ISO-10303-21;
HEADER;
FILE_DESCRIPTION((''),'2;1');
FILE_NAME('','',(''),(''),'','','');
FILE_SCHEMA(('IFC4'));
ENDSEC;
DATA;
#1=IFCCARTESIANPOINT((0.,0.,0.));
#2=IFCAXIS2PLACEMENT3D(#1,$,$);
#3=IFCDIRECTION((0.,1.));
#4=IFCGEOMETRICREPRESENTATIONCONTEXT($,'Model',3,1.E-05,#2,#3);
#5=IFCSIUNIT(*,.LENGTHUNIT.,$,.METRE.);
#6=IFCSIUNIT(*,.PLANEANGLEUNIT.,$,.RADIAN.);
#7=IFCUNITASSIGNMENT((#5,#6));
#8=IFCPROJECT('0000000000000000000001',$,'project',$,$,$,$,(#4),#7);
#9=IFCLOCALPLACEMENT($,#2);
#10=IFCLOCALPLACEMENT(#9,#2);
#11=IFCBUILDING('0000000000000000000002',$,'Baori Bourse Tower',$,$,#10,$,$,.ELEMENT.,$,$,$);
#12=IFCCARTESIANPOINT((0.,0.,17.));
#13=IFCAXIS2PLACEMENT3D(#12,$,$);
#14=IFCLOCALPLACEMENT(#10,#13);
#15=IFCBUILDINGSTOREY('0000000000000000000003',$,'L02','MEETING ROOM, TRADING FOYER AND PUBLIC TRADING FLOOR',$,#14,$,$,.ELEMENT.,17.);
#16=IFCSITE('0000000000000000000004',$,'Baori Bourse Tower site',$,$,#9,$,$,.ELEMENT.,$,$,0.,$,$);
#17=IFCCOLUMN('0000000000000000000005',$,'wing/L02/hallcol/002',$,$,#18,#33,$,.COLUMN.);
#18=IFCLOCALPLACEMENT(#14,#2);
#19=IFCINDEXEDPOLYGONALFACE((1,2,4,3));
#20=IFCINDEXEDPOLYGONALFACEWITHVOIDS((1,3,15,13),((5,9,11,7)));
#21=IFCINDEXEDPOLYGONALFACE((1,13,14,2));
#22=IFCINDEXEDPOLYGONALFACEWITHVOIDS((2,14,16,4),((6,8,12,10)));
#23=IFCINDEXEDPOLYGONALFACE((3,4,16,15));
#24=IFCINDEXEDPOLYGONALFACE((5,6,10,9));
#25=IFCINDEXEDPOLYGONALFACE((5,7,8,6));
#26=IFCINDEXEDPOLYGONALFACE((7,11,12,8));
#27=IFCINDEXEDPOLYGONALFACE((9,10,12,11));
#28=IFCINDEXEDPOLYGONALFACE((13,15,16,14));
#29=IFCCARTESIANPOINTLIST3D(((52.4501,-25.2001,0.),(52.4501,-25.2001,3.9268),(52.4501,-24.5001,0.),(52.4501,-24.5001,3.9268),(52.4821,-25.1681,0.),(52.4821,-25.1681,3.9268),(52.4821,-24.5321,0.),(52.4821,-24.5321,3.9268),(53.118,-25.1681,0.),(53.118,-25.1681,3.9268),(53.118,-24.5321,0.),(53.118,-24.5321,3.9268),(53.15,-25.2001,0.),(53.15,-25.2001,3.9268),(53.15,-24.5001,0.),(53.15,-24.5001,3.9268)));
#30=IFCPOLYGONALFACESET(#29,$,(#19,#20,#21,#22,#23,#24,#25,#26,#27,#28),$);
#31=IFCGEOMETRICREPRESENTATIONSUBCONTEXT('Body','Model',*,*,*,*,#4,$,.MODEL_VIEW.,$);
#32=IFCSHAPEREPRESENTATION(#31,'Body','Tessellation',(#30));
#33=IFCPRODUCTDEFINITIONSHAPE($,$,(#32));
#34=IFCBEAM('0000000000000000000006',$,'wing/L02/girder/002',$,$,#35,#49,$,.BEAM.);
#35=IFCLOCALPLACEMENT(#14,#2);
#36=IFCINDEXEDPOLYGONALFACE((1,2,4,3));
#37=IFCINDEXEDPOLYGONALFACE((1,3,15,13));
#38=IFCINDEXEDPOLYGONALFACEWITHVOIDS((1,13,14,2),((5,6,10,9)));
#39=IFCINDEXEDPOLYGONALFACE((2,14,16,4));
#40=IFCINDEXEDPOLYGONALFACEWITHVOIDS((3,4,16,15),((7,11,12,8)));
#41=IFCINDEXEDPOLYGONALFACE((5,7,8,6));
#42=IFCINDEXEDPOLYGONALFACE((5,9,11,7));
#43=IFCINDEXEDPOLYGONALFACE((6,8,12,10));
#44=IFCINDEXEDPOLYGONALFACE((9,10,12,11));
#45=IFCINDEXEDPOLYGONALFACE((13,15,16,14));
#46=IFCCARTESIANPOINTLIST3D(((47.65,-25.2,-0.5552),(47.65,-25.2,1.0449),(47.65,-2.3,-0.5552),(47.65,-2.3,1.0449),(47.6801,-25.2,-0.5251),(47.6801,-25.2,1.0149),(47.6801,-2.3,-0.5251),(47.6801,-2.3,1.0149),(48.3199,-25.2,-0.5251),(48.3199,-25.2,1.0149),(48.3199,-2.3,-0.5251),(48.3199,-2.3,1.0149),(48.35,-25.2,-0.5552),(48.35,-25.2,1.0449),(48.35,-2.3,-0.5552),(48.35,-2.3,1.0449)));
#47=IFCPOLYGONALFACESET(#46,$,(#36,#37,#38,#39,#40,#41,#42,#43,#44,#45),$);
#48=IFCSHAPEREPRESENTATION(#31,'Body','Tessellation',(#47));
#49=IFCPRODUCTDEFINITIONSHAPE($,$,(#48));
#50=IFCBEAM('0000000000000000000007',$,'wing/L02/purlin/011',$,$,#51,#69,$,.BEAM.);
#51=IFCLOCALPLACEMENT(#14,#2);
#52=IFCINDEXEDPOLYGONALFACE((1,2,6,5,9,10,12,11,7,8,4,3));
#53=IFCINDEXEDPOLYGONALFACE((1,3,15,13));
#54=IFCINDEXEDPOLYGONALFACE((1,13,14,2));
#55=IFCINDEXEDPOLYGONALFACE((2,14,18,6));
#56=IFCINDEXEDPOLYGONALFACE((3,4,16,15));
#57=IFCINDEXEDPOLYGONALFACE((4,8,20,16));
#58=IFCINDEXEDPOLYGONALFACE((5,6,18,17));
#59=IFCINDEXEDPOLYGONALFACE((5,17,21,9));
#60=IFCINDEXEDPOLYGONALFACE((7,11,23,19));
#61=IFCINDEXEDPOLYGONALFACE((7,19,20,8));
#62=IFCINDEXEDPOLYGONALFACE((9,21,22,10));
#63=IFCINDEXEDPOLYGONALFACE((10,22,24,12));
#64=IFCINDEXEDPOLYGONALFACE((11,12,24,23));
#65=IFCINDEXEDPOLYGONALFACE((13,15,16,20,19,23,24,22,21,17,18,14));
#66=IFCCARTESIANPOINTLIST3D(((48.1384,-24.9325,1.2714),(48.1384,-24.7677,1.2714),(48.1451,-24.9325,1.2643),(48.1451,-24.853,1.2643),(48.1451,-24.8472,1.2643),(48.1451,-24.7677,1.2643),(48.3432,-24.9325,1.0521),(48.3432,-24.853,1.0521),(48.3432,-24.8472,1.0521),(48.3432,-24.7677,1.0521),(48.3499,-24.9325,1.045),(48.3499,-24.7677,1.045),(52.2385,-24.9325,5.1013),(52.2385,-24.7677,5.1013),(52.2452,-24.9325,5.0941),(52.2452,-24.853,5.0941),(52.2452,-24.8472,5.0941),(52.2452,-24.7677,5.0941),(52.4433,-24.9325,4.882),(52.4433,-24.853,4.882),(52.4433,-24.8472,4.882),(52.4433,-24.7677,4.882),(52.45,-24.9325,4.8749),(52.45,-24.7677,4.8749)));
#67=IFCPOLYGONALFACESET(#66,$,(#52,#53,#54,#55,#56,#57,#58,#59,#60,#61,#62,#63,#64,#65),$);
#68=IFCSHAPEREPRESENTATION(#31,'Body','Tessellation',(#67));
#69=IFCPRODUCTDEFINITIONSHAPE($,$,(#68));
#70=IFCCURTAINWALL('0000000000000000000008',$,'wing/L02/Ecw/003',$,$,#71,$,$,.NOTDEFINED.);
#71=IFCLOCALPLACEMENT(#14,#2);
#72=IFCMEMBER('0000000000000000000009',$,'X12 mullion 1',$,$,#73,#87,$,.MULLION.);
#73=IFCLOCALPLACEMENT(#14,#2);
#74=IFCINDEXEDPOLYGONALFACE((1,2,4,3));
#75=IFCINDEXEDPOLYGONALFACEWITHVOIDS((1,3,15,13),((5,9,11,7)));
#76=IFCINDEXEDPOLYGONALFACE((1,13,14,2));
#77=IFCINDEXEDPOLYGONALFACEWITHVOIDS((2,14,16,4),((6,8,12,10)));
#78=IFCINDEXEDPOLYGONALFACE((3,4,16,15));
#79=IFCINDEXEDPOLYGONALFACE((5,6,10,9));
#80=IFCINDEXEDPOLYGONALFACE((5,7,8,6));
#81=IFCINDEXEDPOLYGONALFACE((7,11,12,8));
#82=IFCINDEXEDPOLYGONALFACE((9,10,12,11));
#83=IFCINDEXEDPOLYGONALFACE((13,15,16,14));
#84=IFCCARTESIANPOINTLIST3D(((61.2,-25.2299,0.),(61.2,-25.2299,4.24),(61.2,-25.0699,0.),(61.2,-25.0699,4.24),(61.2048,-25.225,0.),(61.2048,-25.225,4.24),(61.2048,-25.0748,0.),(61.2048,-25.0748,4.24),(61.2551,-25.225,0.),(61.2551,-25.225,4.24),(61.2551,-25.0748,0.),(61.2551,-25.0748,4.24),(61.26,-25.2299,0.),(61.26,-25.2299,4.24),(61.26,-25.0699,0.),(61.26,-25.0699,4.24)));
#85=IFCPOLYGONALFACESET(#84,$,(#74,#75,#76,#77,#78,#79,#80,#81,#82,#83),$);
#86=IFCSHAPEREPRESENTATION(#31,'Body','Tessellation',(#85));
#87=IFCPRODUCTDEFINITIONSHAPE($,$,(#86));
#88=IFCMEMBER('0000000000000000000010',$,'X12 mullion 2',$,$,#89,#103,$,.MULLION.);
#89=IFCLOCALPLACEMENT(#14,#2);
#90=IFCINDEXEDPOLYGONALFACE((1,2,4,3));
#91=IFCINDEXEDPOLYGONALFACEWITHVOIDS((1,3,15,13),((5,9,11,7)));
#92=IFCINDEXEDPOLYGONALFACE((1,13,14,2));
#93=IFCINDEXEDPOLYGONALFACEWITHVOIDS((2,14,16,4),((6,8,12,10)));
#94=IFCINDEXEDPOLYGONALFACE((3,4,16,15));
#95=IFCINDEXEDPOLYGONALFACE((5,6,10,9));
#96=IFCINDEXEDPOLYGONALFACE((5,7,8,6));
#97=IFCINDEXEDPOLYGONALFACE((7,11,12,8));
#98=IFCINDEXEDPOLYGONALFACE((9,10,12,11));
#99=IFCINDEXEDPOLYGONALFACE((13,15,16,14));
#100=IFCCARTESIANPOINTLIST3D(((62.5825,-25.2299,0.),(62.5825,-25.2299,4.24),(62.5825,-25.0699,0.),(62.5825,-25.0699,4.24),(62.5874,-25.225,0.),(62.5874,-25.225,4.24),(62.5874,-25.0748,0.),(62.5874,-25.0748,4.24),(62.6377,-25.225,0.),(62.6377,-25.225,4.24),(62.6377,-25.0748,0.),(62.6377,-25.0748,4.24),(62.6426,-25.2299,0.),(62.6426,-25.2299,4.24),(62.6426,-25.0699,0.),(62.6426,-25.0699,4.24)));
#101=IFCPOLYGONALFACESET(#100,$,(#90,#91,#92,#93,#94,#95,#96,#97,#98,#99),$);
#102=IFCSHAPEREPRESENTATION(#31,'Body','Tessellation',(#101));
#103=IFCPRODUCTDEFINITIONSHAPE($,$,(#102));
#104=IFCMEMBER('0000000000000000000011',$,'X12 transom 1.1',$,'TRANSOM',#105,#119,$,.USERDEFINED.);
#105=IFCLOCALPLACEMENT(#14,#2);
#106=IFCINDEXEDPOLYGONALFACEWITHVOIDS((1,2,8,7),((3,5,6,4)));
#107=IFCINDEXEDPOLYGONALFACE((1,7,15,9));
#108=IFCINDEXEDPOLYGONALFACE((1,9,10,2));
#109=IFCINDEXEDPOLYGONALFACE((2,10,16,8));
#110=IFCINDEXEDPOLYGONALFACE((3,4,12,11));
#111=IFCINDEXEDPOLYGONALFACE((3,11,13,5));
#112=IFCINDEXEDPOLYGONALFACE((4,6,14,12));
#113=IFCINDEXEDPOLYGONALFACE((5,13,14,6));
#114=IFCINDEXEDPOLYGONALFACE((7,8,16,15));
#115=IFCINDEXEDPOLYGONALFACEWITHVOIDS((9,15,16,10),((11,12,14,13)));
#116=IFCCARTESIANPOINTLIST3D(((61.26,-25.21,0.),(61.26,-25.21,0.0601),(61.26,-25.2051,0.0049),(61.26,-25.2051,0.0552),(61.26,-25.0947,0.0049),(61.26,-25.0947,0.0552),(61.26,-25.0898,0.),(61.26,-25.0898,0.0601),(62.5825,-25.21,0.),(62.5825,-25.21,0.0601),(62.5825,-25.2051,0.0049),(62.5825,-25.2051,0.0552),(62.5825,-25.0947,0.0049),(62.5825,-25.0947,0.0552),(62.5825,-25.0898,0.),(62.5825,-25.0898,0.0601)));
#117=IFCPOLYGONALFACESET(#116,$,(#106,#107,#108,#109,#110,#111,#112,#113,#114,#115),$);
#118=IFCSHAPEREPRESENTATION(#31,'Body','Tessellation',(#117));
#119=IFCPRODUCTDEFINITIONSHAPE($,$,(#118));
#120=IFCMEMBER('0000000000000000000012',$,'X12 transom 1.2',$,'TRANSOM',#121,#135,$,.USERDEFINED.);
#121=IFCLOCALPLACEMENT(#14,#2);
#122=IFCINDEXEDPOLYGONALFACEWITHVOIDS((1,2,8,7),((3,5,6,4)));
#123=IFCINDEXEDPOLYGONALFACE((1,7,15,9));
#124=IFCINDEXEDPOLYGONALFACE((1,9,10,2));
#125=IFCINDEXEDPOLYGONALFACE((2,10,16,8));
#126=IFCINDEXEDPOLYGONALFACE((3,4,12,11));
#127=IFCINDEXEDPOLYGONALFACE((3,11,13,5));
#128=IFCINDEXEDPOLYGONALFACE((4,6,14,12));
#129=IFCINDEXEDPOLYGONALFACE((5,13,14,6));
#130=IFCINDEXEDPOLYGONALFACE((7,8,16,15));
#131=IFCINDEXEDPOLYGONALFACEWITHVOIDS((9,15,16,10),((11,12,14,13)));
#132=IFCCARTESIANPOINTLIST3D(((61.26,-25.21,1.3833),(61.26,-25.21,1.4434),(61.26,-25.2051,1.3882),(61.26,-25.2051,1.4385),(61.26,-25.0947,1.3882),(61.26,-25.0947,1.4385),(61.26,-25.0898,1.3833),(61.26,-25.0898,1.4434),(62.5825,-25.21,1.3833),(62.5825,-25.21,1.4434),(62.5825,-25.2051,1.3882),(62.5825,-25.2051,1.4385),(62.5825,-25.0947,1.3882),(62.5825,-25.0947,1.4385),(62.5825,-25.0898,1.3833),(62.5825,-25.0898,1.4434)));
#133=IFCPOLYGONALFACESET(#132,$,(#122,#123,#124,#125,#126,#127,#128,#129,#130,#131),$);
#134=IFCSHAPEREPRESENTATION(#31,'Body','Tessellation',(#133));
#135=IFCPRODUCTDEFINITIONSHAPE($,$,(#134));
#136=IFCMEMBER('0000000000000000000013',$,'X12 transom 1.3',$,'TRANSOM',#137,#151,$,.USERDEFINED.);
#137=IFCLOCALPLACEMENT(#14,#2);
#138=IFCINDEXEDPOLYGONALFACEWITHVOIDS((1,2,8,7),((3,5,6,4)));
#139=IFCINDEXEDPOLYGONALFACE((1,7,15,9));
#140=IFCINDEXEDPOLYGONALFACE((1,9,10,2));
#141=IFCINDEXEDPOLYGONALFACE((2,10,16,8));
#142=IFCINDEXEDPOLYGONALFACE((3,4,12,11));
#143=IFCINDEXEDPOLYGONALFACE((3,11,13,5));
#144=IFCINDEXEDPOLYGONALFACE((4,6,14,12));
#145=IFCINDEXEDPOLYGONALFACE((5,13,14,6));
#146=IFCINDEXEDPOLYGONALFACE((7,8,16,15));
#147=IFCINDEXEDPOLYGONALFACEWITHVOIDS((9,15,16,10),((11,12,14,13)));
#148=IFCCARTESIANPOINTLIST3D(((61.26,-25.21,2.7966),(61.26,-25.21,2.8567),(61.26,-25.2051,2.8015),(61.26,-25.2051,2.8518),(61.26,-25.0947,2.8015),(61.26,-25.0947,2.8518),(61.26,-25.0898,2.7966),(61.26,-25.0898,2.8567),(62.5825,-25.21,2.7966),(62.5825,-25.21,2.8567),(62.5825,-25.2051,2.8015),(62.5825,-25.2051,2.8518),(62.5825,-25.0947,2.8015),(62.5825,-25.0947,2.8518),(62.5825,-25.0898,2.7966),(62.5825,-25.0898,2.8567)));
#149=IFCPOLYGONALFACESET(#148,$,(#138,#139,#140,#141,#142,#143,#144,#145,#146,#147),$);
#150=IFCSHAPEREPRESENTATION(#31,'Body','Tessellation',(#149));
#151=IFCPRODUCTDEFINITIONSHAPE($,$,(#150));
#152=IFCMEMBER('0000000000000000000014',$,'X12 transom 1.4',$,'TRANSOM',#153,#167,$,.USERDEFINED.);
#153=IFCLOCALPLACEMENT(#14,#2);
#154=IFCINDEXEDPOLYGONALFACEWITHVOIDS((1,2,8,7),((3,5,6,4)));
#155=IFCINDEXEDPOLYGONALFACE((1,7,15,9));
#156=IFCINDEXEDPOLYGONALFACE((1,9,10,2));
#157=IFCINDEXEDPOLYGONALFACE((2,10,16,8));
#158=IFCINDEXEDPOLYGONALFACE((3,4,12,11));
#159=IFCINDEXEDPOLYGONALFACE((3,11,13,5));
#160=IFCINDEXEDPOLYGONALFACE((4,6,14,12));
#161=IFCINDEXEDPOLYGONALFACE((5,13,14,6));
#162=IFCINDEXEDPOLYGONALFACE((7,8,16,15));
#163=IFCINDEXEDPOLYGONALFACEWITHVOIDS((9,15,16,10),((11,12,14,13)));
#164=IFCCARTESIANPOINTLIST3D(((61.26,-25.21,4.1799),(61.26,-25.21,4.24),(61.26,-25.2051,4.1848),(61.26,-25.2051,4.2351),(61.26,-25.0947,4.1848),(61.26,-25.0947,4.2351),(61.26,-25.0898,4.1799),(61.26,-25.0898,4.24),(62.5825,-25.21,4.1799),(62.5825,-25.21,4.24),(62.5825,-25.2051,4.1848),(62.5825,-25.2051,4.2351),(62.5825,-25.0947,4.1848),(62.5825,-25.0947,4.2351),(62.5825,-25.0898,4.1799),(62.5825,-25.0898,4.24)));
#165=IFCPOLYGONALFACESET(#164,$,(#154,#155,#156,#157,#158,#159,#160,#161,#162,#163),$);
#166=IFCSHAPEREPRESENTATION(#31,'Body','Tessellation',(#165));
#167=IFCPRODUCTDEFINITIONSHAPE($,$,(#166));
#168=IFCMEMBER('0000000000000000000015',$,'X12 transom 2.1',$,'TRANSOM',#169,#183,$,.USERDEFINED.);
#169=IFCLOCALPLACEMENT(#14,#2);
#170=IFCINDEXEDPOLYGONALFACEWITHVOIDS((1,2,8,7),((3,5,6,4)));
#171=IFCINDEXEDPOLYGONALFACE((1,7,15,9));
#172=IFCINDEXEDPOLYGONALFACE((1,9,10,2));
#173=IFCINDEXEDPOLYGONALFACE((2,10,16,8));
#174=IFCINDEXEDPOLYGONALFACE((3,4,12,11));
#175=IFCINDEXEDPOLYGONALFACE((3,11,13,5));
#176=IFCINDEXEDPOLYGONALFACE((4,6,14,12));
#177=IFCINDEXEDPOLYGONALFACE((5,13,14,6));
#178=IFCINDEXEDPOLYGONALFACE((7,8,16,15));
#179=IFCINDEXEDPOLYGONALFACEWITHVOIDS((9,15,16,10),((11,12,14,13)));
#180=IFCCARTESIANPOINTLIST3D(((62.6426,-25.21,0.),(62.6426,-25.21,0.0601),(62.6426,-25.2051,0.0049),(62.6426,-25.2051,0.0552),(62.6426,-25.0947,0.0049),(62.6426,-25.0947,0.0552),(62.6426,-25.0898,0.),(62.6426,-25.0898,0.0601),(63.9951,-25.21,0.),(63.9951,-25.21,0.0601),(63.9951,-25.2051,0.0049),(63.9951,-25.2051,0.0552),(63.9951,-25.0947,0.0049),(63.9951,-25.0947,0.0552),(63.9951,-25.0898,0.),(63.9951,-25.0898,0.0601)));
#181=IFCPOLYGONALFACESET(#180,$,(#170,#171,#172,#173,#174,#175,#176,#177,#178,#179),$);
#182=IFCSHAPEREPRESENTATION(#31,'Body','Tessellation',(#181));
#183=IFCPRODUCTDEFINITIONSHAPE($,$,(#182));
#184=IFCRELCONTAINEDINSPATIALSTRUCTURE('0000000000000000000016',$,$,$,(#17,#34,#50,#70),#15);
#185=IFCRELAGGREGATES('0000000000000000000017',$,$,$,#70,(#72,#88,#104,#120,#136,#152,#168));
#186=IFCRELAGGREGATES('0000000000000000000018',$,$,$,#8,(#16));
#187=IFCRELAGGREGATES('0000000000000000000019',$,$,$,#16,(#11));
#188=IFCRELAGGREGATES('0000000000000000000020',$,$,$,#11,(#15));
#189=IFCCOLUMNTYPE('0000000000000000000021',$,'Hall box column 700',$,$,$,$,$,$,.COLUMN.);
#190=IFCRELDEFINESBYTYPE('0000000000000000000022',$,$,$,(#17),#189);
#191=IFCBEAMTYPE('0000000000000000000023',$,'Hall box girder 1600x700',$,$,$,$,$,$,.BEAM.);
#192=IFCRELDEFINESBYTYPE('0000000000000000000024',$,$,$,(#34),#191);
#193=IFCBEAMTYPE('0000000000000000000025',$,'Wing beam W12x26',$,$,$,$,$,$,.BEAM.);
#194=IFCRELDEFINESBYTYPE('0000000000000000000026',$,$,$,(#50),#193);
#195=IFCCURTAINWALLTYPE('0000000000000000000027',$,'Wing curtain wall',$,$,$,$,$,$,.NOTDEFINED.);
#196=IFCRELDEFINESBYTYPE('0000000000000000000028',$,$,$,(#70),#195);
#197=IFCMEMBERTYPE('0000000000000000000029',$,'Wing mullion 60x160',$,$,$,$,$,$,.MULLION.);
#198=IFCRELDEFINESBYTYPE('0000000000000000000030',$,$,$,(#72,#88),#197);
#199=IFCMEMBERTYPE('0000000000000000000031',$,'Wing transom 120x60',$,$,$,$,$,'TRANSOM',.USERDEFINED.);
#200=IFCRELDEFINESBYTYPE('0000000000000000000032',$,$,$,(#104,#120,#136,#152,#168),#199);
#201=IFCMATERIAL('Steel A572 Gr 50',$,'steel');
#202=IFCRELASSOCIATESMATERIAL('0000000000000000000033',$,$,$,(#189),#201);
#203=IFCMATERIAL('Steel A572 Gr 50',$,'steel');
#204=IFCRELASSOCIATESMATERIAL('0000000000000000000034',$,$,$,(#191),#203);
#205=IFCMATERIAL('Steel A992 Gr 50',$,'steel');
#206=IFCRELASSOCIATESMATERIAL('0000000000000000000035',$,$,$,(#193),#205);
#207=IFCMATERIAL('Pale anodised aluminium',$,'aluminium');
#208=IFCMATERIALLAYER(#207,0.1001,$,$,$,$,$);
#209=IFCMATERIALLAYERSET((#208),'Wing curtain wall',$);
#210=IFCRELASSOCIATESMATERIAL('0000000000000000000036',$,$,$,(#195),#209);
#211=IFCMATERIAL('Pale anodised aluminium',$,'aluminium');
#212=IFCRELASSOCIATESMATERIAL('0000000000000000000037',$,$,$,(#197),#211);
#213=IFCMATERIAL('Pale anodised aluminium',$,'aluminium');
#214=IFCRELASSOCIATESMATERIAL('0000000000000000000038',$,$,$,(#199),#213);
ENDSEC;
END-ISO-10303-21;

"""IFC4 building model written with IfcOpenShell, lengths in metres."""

from ifc_helpers import new_model, si_unit, direction, frame, origin, origin_2d, place, context, subcontext, project, spatial, hollow_rectangle, i_section, extrude, material, layer, layer_set, material_profile, profile_set, type_object, element, aggregate, save


model = new_model("IFC4")

# Units and contexts
model_context = context("Model", 3, precision=1e-05, world=origin(), true_north=direction((0.0, 1.0)))
body_context = subcontext(model_context, "Body", "Model", "MODEL_VIEW")
ifc_project = project(units=[si_unit("LENGTHUNIT", "METRE"), si_unit("PLANEANGLEUNIT", "RADIAN")], contexts=[model_context])

# Site, building, storey
site_placement = place(None, origin())
site = spatial("IfcSite", under=ifc_project, at=site_placement, Name="Baori Bourse Tower site", CompositionType="ELEMENT", RefElevation=0.0)
building_placement = place(site_placement, origin())
building = spatial("IfcBuilding", under=site, at=building_placement, Name="Baori Bourse Tower", CompositionType="ELEMENT")
storey_placement = place(building_placement, frame((0.0, 0.0, 17.0)))
storey = spatial("IfcBuildingStorey", under=building, at=storey_placement, Name="L02", Description="MEETING ROOM, TRADING FOYER AND PUBLIC TRADING FLOOR", CompositionType="ELEMENT", Elevation=17.0)

# Column
ifc_material_1 = material(Name="Steel A572 Gr 50", Category="steel")
ifc_material_profile_1 = material_profile(ifc_material_1, hollow_rectangle(XDim=0.7, YDim=0.7, WallThickness=0.032, at=origin_2d()), Name="BOX 700x700x32")
ifc_profile_set_1 = profile_set([ifc_material_profile_1], Name="Steel A572 Gr 50")
column_type = type_object("IfcColumnType", Name="Hall box column 700", PredefinedType="COLUMN", material=ifc_profile_set_1)
column_placement = place(storey_placement, frame((52.8, -24.8501, 0.0), z_axis=(0.0, 0.0, 1.0), x_axis=(1.0, 0.0, 0.0)))
element("IfcColumn", 1, at=column_placement, inside=storey, type_object=column_type, Name="wing/L02/hallcol/002", PredefinedType="COLUMN", context=body_context, shape_type="SweptSolid", body=[
    extrude(hollow_rectangle(XDim=0.7, YDim=0.7, WallThickness=0.032, at=origin_2d()), origin(), (0.0, 0.0, 1.0), 3.9268),
])

# Beams
ifc_material_2 = material(Name="Steel A572 Gr 50", Category="steel")
ifc_material_profile_2 = material_profile(ifc_material_2, hollow_rectangle(XDim=0.7, YDim=1.6001, WallThickness=0.03, at=origin_2d()), Name="BOX 1600x700x30")
ifc_profile_set_2 = profile_set([ifc_material_profile_2], Name="Steel A572 Gr 50")
beam_type_1 = type_object("IfcBeamType", Name="Hall box girder 1600x700", PredefinedType="BEAM", material=ifc_profile_set_2)
beam_1_placement = place(storey_placement, frame((48.0, -25.2, 0.2449), z_axis=(0.0, 1.0, 0.0), x_axis=(-1.0, 0.0, 0.0)))
element("IfcBeam", 2, at=beam_1_placement, inside=storey, type_object=beam_type_1, Name="wing/L02/girder/002", PredefinedType="BEAM", context=body_context, shape_type="SweptSolid", body=[
    extrude(hollow_rectangle(XDim=0.7, YDim=1.6001, WallThickness=0.03, at=origin_2d()), origin(), (0.0, 0.0, 1.0), 22.8999),
])
ifc_material_3 = material(Name="Steel A992 Gr 50", Category="steel")
ifc_material_profile_3 = material_profile(ifc_material_3, i_section(OverallWidth=0.1648, OverallDepth=0.3098, WebThickness=0.0059, FlangeThickness=0.0098, at=origin_2d()), Name="W12x26")
ifc_profile_set_3 = profile_set([ifc_material_profile_3], Name="Steel A992 Gr 50")
beam_type_2 = type_object("IfcBeamType", Name="Wing beam W12x26", PredefinedType="BEAM", material=ifc_profile_set_3)
beam_2_placement = place(storey_placement, frame((48.2441, -24.8501, 1.1582), z_axis=(0.730782, 0.0, 0.682611), x_axis=(0.0, 1.0, 0.0)))
element("IfcBeam", 3, at=beam_2_placement, inside=storey, type_object=beam_type_2, Name="wing/L02/purlin/011", PredefinedType="BEAM", context=body_context, shape_type="SweptSolid", body=[
    extrude(i_section(OverallWidth=0.1648, OverallDepth=0.3098, WebThickness=0.0059, FlangeThickness=0.0098, at=origin_2d()), origin(), (0.0, 0.0, 1.0), 5.6106),
])

# Curtain wall, members
ifc_material_4 = material(Name="Pale anodised aluminium", Category="aluminium")
ifc_layer_1 = layer(ifc_material_4, 0.1001)
ifc_layer_set_1 = layer_set([ifc_layer_1], Name="Wing curtain wall")
curtain_wall_type = type_object("IfcCurtainWallType", Name="Wing curtain wall", PredefinedType="NOTDEFINED", material=ifc_layer_set_1)
curtain_wall_placement = place(storey_placement, origin())
curtain_wall = element("IfcCurtainWall", 4, at=curtain_wall_placement, inside=storey, type_object=curtain_wall_type, Name="wing/L02/Ecw/003", PredefinedType="NOTDEFINED")
ifc_material_5 = material(Name="Pale anodised aluminium", Category="aluminium")
ifc_material_profile_4 = material_profile(ifc_material_5, hollow_rectangle(XDim=0.1599, YDim=0.0601, WallThickness=0.0049, at=origin_2d()), Name="Mullion 160x60x5")
ifc_profile_set_4 = profile_set([ifc_material_profile_4], Name="Pale anodised aluminium")
member_type_1 = type_object("IfcMemberType", Name="Wing mullion 60x160", PredefinedType="MULLION", material=ifc_profile_set_4)
member_1_placement = place(storey_placement, frame((61.23, -25.1499, 0.0), z_axis=(0.0, 0.0, 1.0), x_axis=(0.0, 1.0, 0.0)))
member_1 = element("IfcMember", 5, at=member_1_placement, type_object=member_type_1, Name="X12 mullion 1", PredefinedType="MULLION", context=body_context, shape_type="SweptSolid", body=[
    extrude(hollow_rectangle(XDim=0.1599, YDim=0.0601, WallThickness=0.0049, at=origin_2d()), origin(), (0.0, 0.0, 1.0), 4.24),
])
member_2_placement = place(storey_placement, frame((62.6125, -25.1499, 0.0), z_axis=(0.0, 0.0, 1.0), x_axis=(0.0, 1.0, 0.0)))
member_2 = element("IfcMember", 6, at=member_2_placement, type_object=member_type_1, Name="X12 mullion 2", PredefinedType="MULLION", context=body_context, shape_type="SweptSolid", body=[
    extrude(hollow_rectangle(XDim=0.1599, YDim=0.0601, WallThickness=0.0049, at=origin_2d()), origin(), (0.0, 0.0, 1.0), 4.24),
])
ifc_material_6 = material(Name="Pale anodised aluminium", Category="aluminium")
ifc_material_profile_5 = material_profile(ifc_material_6, hollow_rectangle(XDim=0.1201, YDim=0.0601, WallThickness=0.0049, at=origin_2d()), Name="Transom 120x60x5")
ifc_profile_set_5 = profile_set([ifc_material_profile_5], Name="Pale anodised aluminium")
member_type_2 = type_object("IfcMemberType", Name="Wing transom 120x60", ElementType="TRANSOM", PredefinedType="USERDEFINED", material=ifc_profile_set_5)
member_3_placement = place(storey_placement, frame((61.26, -25.1499, 0.03), z_axis=(1.0, 0.0, 0.0), x_axis=(0.0, 1.0, 0.0)))
member_3 = element("IfcMember", 7, at=member_3_placement, type_object=member_type_2, Name="X12 transom 1.1", ObjectType="TRANSOM", PredefinedType="USERDEFINED", context=body_context, shape_type="SweptSolid", body=[
    extrude(hollow_rectangle(XDim=0.1201, YDim=0.0601, WallThickness=0.0049, at=origin_2d()), origin(), (0.0, 0.0, 1.0), 1.3225),
])
member_4_placement = place(storey_placement, frame((61.26, -25.1499, 1.4133), z_axis=(1.0, 0.0, 0.0), x_axis=(0.0, 1.0, 0.0)))
member_4 = element("IfcMember", 8, at=member_4_placement, type_object=member_type_2, Name="X12 transom 1.2", ObjectType="TRANSOM", PredefinedType="USERDEFINED", context=body_context, shape_type="SweptSolid", body=[
    extrude(hollow_rectangle(XDim=0.1201, YDim=0.0601, WallThickness=0.0049, at=origin_2d()), origin(), (0.0, 0.0, 1.0), 1.3225),
])
member_5_placement = place(storey_placement, frame((61.26, -25.1499, 2.8267), z_axis=(1.0, 0.0, 0.0), x_axis=(0.0, 1.0, 0.0)))
member_5 = element("IfcMember", 9, at=member_5_placement, type_object=member_type_2, Name="X12 transom 1.3", ObjectType="TRANSOM", PredefinedType="USERDEFINED", context=body_context, shape_type="SweptSolid", body=[
    extrude(hollow_rectangle(XDim=0.1201, YDim=0.0601, WallThickness=0.0049, at=origin_2d()), origin(), (0.0, 0.0, 1.0), 1.3225),
])
member_6_placement = place(storey_placement, frame((61.26, -25.1499, 4.21), z_axis=(1.0, 0.0, 0.0), x_axis=(0.0, 1.0, 0.0)))
member_6 = element("IfcMember", 10, at=member_6_placement, type_object=member_type_2, Name="X12 transom 1.4", ObjectType="TRANSOM", PredefinedType="USERDEFINED", context=body_context, shape_type="SweptSolid", body=[
    extrude(hollow_rectangle(XDim=0.1201, YDim=0.0601, WallThickness=0.0049, at=origin_2d()), origin(), (0.0, 0.0, 1.0), 1.3225),
])
member_7_placement = place(storey_placement, frame((62.6426, -25.1499, 0.03), z_axis=(1.0, 0.0, 0.0), x_axis=(0.0, 1.0, 0.0)))
member_7 = element("IfcMember", 11, at=member_7_placement, type_object=member_type_2, Name="X12 transom 2.1", ObjectType="TRANSOM", PredefinedType="USERDEFINED", context=body_context, shape_type="SweptSolid", body=[
    extrude(hollow_rectangle(XDim=0.1201, YDim=0.0601, WallThickness=0.0049, at=origin_2d()), origin(), (0.0, 0.0, 1.0), 1.3525),
])

aggregate(curtain_wall, [member_1, member_2, member_3, member_4, member_5, member_6, member_7])

save(model, "model.ifc")
